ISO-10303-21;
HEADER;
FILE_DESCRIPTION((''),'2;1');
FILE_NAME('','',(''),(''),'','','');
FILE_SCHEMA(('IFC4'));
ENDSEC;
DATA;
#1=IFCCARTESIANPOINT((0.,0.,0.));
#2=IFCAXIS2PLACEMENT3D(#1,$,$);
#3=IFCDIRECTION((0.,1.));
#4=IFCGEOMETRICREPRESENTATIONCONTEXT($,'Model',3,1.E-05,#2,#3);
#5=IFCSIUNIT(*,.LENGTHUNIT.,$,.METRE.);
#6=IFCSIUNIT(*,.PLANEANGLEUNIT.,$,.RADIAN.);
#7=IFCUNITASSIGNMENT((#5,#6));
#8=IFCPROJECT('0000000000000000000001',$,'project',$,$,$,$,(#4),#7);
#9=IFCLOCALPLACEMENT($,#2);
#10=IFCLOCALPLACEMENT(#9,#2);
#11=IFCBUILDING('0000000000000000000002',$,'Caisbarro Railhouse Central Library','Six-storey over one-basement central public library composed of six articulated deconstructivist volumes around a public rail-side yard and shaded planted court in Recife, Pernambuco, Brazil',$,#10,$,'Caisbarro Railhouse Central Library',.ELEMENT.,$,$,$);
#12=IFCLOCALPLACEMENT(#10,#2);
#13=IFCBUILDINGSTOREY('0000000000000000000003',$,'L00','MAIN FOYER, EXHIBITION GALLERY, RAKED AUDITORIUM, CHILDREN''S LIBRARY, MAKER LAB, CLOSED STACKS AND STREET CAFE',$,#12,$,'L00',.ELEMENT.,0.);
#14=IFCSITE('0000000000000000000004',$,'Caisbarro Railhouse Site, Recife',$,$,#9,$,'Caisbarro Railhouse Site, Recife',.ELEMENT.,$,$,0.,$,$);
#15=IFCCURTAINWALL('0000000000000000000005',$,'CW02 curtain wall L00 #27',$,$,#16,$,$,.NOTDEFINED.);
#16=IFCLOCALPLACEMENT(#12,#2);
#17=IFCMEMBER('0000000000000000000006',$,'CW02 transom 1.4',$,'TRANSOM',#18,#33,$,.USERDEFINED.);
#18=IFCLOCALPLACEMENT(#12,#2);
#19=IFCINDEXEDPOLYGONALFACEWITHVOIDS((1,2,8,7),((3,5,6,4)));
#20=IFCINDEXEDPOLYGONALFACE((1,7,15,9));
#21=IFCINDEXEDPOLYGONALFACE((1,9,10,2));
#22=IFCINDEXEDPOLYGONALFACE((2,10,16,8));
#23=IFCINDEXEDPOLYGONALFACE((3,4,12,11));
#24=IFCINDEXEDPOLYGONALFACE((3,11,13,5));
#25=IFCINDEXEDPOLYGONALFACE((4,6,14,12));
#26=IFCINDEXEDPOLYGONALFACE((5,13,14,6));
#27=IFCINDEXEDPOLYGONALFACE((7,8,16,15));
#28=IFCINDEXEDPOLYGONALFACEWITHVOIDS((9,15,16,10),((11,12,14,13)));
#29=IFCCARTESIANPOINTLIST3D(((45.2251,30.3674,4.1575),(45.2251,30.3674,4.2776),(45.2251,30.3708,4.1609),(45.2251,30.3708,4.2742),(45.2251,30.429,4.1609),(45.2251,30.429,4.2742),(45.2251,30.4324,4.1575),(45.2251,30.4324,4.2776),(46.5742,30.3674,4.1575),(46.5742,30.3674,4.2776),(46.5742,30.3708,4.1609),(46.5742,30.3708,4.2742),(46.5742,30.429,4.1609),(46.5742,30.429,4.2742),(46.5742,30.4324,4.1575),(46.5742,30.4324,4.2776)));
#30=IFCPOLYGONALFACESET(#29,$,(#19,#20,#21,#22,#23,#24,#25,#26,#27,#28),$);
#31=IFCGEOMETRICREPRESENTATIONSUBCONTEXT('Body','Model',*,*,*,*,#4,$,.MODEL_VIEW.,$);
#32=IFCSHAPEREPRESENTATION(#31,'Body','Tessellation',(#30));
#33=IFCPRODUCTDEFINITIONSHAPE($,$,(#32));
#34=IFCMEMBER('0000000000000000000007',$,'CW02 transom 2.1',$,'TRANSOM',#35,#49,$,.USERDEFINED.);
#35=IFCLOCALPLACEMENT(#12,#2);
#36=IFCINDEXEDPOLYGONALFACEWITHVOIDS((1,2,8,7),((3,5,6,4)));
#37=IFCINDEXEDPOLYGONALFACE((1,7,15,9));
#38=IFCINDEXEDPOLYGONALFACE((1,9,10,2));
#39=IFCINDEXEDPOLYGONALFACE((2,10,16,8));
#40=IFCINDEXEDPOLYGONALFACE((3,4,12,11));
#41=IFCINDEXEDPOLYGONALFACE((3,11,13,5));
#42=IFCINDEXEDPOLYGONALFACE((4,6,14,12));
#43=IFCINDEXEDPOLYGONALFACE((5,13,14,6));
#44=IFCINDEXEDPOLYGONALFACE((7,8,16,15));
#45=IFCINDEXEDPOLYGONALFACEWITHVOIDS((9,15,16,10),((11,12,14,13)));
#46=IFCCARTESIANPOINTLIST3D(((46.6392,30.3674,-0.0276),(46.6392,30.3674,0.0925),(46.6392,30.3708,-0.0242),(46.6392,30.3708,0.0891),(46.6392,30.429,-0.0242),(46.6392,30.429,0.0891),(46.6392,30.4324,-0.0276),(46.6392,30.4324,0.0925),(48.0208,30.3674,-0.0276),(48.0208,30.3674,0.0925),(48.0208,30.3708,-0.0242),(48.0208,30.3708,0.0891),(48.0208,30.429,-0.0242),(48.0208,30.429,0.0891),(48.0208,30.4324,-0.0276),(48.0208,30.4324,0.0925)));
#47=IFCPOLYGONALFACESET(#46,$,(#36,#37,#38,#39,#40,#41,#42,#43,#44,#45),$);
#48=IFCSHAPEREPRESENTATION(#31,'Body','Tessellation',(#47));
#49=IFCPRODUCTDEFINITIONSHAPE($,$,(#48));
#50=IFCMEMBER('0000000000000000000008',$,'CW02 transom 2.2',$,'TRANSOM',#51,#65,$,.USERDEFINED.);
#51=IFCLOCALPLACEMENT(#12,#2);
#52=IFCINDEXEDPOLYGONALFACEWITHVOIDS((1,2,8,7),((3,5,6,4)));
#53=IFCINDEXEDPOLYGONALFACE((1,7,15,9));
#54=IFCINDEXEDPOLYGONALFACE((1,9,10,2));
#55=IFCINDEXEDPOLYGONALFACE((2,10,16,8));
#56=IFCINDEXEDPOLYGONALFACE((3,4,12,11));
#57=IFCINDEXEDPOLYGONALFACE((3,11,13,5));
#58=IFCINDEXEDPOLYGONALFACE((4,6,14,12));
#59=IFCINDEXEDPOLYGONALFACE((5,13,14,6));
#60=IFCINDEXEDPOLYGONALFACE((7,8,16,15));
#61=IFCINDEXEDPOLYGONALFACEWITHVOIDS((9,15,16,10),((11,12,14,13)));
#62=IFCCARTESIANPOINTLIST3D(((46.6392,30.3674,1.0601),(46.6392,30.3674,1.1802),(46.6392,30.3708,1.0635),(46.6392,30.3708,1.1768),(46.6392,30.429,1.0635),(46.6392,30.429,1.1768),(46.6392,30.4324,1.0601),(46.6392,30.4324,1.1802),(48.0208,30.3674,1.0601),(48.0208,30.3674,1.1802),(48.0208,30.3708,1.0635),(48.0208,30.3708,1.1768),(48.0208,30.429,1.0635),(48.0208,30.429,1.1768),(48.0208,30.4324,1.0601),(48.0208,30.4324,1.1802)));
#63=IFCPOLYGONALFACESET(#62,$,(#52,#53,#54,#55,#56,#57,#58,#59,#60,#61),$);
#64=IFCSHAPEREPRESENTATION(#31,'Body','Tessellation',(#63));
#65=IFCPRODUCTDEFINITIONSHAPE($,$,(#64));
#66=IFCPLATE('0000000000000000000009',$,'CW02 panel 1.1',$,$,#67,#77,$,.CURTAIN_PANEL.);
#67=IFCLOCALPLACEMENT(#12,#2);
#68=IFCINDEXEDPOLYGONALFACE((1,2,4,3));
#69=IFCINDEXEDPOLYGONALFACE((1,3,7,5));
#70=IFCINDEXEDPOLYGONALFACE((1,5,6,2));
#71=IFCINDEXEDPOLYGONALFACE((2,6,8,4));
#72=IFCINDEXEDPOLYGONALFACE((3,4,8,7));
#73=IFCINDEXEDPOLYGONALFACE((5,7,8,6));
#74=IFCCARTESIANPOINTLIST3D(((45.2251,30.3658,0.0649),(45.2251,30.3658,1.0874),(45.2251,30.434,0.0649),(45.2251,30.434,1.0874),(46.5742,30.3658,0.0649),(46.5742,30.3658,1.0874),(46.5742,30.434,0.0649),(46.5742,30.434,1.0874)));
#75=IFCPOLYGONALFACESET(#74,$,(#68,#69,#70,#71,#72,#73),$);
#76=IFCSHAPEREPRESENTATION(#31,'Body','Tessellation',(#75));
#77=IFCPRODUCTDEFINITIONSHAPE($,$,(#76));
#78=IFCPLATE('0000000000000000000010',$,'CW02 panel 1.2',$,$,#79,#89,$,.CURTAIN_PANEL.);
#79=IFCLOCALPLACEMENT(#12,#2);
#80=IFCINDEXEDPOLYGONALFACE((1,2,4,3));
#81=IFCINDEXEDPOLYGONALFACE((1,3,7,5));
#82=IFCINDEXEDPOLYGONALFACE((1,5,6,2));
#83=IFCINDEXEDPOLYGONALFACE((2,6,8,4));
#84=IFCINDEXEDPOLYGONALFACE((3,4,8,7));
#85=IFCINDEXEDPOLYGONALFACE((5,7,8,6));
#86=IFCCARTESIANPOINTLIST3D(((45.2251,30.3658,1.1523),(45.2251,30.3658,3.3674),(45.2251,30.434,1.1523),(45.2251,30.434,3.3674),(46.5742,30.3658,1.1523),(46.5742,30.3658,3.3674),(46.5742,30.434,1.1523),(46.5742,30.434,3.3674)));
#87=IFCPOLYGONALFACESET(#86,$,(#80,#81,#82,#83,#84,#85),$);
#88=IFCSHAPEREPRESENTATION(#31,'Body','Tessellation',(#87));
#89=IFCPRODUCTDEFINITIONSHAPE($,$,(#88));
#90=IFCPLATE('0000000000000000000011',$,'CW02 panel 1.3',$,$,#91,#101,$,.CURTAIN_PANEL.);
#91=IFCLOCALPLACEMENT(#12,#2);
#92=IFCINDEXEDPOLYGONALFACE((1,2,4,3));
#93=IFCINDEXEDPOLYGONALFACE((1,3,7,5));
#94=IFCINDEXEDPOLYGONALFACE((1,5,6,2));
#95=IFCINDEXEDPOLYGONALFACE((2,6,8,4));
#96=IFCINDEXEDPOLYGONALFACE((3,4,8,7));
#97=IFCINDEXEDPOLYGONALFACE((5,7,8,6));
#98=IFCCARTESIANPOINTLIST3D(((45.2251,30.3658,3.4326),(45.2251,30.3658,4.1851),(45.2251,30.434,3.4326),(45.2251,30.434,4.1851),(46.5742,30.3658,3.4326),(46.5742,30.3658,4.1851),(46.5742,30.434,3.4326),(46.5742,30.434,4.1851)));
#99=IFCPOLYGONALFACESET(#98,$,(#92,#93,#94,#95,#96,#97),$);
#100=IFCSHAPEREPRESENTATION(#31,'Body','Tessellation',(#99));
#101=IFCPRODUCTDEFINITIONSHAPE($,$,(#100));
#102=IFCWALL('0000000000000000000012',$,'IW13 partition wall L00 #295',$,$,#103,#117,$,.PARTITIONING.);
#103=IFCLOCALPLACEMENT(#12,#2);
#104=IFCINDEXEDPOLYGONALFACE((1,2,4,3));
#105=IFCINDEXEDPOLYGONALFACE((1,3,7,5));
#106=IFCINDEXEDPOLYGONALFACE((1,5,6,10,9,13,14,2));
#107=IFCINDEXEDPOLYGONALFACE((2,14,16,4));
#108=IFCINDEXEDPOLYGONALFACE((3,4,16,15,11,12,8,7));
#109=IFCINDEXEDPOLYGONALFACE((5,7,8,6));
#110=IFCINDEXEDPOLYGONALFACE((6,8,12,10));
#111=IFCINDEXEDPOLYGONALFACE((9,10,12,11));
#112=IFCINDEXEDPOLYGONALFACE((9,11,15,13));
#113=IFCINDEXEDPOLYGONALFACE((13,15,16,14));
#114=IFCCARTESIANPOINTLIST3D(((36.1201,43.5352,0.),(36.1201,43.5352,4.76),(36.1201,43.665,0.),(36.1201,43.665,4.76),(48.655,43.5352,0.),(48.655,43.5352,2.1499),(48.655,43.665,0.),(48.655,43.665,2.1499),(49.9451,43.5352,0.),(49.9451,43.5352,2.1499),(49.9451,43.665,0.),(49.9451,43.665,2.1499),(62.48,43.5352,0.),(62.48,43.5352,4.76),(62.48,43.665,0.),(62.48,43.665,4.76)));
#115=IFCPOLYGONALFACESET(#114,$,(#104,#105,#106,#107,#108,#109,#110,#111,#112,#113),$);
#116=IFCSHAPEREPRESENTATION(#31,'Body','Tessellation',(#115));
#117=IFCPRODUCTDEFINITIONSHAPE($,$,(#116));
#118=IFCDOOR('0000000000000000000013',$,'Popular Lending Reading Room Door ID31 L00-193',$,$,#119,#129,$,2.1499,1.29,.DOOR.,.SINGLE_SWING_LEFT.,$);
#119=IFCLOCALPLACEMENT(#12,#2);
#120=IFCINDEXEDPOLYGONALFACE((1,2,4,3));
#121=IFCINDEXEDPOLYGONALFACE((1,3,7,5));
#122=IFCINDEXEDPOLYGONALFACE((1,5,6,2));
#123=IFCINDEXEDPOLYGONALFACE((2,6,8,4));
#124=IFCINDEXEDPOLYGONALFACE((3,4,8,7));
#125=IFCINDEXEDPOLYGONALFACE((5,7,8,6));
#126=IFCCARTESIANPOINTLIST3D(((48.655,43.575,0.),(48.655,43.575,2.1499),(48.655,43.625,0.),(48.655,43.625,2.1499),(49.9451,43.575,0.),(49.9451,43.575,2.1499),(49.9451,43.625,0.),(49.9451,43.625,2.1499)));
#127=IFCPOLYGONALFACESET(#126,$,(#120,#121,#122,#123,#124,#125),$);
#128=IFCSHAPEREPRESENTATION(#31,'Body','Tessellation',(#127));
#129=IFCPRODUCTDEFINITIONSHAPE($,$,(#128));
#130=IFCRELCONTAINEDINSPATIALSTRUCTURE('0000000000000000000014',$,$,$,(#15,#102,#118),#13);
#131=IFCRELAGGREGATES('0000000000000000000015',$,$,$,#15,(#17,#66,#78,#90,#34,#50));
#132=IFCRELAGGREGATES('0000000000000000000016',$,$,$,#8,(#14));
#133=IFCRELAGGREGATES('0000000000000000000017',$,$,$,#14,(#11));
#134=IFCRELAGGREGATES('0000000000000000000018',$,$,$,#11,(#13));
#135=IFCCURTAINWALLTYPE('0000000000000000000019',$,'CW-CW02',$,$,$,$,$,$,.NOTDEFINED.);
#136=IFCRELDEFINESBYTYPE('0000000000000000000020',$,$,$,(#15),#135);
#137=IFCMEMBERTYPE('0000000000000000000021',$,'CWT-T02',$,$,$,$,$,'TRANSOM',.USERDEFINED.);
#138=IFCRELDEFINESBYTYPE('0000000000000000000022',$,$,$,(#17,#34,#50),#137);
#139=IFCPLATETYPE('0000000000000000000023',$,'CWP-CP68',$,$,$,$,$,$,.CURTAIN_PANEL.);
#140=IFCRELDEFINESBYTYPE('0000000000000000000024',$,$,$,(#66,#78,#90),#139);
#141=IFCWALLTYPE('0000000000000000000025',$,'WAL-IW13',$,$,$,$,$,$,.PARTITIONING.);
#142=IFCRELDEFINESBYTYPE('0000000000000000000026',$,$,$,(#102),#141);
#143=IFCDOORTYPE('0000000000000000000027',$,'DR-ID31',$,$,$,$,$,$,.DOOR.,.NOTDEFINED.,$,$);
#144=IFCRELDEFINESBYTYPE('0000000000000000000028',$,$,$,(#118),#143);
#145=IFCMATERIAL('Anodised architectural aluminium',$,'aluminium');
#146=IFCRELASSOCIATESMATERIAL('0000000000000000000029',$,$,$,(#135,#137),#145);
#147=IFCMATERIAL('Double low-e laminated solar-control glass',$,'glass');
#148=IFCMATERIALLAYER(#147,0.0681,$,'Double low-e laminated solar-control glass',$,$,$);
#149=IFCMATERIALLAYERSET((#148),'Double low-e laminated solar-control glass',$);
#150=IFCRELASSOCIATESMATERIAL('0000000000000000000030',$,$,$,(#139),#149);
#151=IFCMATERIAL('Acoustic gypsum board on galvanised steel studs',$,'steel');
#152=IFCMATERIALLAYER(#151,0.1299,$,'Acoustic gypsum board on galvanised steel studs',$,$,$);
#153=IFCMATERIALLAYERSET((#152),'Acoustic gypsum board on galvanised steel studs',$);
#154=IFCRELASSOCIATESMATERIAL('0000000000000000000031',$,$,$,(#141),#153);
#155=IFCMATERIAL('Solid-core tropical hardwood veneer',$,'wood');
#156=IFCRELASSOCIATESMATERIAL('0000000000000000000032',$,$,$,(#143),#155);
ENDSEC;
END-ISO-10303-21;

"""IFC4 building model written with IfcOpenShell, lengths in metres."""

from ifc_helpers import new_model, si_unit, direction, frame, frame_2d, origin, origin_2d, place, context, subcontext, project, spatial, rectangle, hollow_rectangle, extrude, material, layer, layer_set, material_profile, profile_set, type_object, element, fill, aggregate, save


model = new_model("IFC4")

# Units and contexts
model_context = context("Model", 3, precision=1e-05, world=origin(), true_north=direction((0.0, 1.0)))
body_context = subcontext(model_context, "Body", "Model", "MODEL_VIEW")
ifc_project = project(units=[si_unit("LENGTHUNIT", "METRE"), si_unit("PLANEANGLEUNIT", "RADIAN")], contexts=[model_context])

# Site, building, storey
site_placement = place(None, origin())
site = spatial("IfcSite", under=ifc_project, at=site_placement, Name="Caisbarro Railhouse Site, Recife", LongName="Caisbarro Railhouse Site, Recife", CompositionType="ELEMENT", RefElevation=0.0)
building_placement = place(site_placement, origin())
building = spatial("IfcBuilding", under=site, at=building_placement, Name="Caisbarro Railhouse Central Library", Description="Six-storey over one-basement central public library composed of six articulated deconstructivist volumes around a public rail-side yard and shaded planted court in Recife, Pernambuco, Brazil", LongName="Caisbarro Railhouse Central Library", CompositionType="ELEMENT")
storey_placement = place(building_placement, origin())
storey = spatial("IfcBuildingStorey", under=building, at=storey_placement, Name="L00", Description="MAIN FOYER, EXHIBITION GALLERY, RAKED AUDITORIUM, CHILDREN'S LIBRARY, MAKER LAB, CLOSED STACKS AND STREET CAFE", LongName="L00", CompositionType="ELEMENT", Elevation=0.0)

# Curtain wall, members, plates
ifc_material_1 = material(Name="Anodised architectural aluminium", Category="aluminium")
curtain_wall_type = type_object("IfcCurtainWallType", Name="CW-CW02", PredefinedType="NOTDEFINED", material=ifc_material_1)
curtain_wall_placement = place(storey_placement, origin())
curtain_wall = element("IfcCurtainWall", 1, at=curtain_wall_placement, inside=storey, type_object=curtain_wall_type, Name="CW02 curtain wall L00 #27", PredefinedType="NOTDEFINED")
ifc_material_profile_1 = material_profile(ifc_material_1, hollow_rectangle(XDim=0.0649, YDim=0.1201, WallThickness=0.0034, at=origin_2d()), Name="ALU-TRN-65X120")
ifc_profile_set_1 = profile_set([ifc_material_profile_1], Name="Anodised architectural aluminium")
member_type_1 = type_object("IfcMemberType", Name="CWT-T02", ElementType="TRANSOM", PredefinedType="USERDEFINED", material=ifc_profile_set_1)
member_1_placement = place(storey_placement, frame((45.2251, 30.3999, 4.2175), z_axis=(1.0, 0.0, 0.0), x_axis=(0.0, 1.0, 0.0)))
member_1 = element("IfcMember", 2, at=member_1_placement, type_object=member_type_1, Name="CW02 transom 1.4", ObjectType="TRANSOM", PredefinedType="USERDEFINED", context=body_context, shape_type="SweptSolid", body=[
    extrude(hollow_rectangle(XDim=0.0649, YDim=0.1201, WallThickness=0.0034, at=origin_2d()), origin(), (0.0, 0.0, 1.0), 1.3491),
])
member_2_placement = place(storey_placement, frame((46.6392, 30.3999, 0.0325), z_axis=(1.0, 0.0, 0.0), x_axis=(0.0, 1.0, 0.0)))
member_2 = element("IfcMember", 3, at=member_2_placement, type_object=member_type_1, Name="CW02 transom 2.1", ObjectType="TRANSOM", PredefinedType="USERDEFINED", context=body_context, shape_type="SweptSolid", body=[
    extrude(hollow_rectangle(XDim=0.0649, YDim=0.1201, WallThickness=0.0034, at=origin_2d()), origin(), (0.0, 0.0, 1.0), 1.3816),
])
member_3_placement = place(storey_placement, frame((46.6392, 30.3999, 1.1201), z_axis=(1.0, 0.0, 0.0), x_axis=(0.0, 1.0, 0.0)))
member_3 = element("IfcMember", 4, at=member_3_placement, type_object=member_type_1, Name="CW02 transom 2.2", ObjectType="TRANSOM", PredefinedType="USERDEFINED", context=body_context, shape_type="SweptSolid", body=[
    extrude(hollow_rectangle(XDim=0.0649, YDim=0.1201, WallThickness=0.0034, at=origin_2d()), origin(), (0.0, 0.0, 1.0), 1.3816),
])
ifc_material_2 = material(Name="Double low-e laminated solar-control glass", Category="glass")
ifc_layer_1 = layer(ifc_material_2, 0.0681, Name="Double low-e laminated solar-control glass")
ifc_layer_set_1 = layer_set([ifc_layer_1], Name="Double low-e laminated solar-control glass")
plate_type = type_object("IfcPlateType", Name="CWP-CP68", PredefinedType="CURTAIN_PANEL", material=ifc_layer_set_1)
plate_1_placement = place(storey_placement, frame((45.8997, 30.3999, 0.0649), z_axis=(0.0, 0.0, 1.0), x_axis=(1.0, 0.0, 0.0)))
plate_1 = element("IfcPlate", 5, at=plate_1_placement, type_object=plate_type, Name="CW02 panel 1.1", PredefinedType="CURTAIN_PANEL", context=body_context, shape_type="SweptSolid", body=[
    extrude(rectangle(XDim=1.3491, YDim=0.0681, at=origin_2d()), origin(), (0.0, 0.0, 1.0), 1.0225),
])
plate_2_placement = place(storey_placement, frame((45.8997, 30.3999, 1.1523), z_axis=(0.0, 0.0, 1.0), x_axis=(1.0, 0.0, 0.0)))
plate_2 = element("IfcPlate", 6, at=plate_2_placement, type_object=plate_type, Name="CW02 panel 1.2", PredefinedType="CURTAIN_PANEL", context=body_context, shape_type="SweptSolid", body=[
    extrude(rectangle(XDim=1.3491, YDim=0.0681, at=origin_2d()), origin(), (0.0, 0.0, 1.0), 2.2151),
])
plate_3_placement = place(storey_placement, frame((45.8997, 30.3999, 3.4326), z_axis=(0.0, 0.0, 1.0), x_axis=(1.0, 0.0, 0.0)))
plate_3 = element("IfcPlate", 7, at=plate_3_placement, type_object=plate_type, Name="CW02 panel 1.3", PredefinedType="CURTAIN_PANEL", context=body_context, shape_type="SweptSolid", body=[
    extrude(rectangle(XDim=1.3491, YDim=0.0681, at=origin_2d()), origin(), (0.0, 0.0, 1.0), 0.7524),
])
aggregate(curtain_wall, [member_1, plate_1, plate_2, plate_3, member_2, member_3])

# Wall, opening, door
ifc_material_3 = material(Name="Acoustic gypsum board on galvanised steel studs", Category="steel")
ifc_layer_2 = layer(ifc_material_3, 0.1299, Name="Acoustic gypsum board on galvanised steel studs")
ifc_layer_set_2 = layer_set([ifc_layer_2], Name="Acoustic gypsum board on galvanised steel studs")
wall_type = type_object("IfcWallType", Name="WAL-IW13", PredefinedType="PARTITIONING", material=ifc_layer_set_2)
wall_placement = place(storey_placement, frame((36.1201, 43.6001, 0.0), z_axis=(0.0, 0.0, 1.0), x_axis=(1.0, 0.0, 0.0)))
wall = element("IfcWall", 8, at=wall_placement, inside=storey, type_object=wall_type, Name="IW13 partition wall L00 #295", PredefinedType="PARTITIONING", context=body_context, shape_type="SweptSolid", body=[
    extrude(rectangle(XDim=26.3599, YDim=0.1299, at=frame_2d((13.1799, 0.0))), origin(), (0.0, 0.0, 1.0), 4.76),
])
opening_placement = place(wall_placement, frame((12.5349, 0.0, 0.0)))
opening = element("IfcOpeningElement", 9, at=opening_placement, cuts=wall, PredefinedType="OPENING", context=body_context, shape_type="SweptSolid", body=[
    extrude(rectangle(XDim=1.29, YDim=2.1499, at=frame_2d((0.645, 1.075))), frame((0.0, 0.075, 0.0), z_axis=(0.0, -1.0, 0.0), x_axis=(1.0, 0.0, 0.0)), (0.0, 0.0, 1.0), 0.1499),
])
ifc_material_4 = material(Name="Solid-core tropical hardwood veneer", Category="wood")
door_type = type_object("IfcDoorType", Name="DR-ID31", OperationType="NOTDEFINED", PredefinedType="DOOR", material=ifc_material_4)
door_placement = place(opening_placement, origin())
door = element("IfcDoor", 10, at=door_placement, inside=storey, type_object=door_type, Name="Popular Lending Reading Room Door ID31 L00-193", OperationType="SINGLE_SWING_LEFT", OverallHeight=2.1499, OverallWidth=1.29, PredefinedType="DOOR", context=body_context, shape_type="SweptSolid", body=[
    extrude(rectangle(XDim=1.29, YDim=2.1499, at=frame_2d((0.645, 1.075))), frame((0.0, 0.0249, 0.0), z_axis=(0.0, -1.0, 0.0), x_axis=(1.0, 0.0, 0.0)), (0.0, 0.0, 1.0), 0.05),
])
fill(opening, door)

save(model, "model.ifc")
